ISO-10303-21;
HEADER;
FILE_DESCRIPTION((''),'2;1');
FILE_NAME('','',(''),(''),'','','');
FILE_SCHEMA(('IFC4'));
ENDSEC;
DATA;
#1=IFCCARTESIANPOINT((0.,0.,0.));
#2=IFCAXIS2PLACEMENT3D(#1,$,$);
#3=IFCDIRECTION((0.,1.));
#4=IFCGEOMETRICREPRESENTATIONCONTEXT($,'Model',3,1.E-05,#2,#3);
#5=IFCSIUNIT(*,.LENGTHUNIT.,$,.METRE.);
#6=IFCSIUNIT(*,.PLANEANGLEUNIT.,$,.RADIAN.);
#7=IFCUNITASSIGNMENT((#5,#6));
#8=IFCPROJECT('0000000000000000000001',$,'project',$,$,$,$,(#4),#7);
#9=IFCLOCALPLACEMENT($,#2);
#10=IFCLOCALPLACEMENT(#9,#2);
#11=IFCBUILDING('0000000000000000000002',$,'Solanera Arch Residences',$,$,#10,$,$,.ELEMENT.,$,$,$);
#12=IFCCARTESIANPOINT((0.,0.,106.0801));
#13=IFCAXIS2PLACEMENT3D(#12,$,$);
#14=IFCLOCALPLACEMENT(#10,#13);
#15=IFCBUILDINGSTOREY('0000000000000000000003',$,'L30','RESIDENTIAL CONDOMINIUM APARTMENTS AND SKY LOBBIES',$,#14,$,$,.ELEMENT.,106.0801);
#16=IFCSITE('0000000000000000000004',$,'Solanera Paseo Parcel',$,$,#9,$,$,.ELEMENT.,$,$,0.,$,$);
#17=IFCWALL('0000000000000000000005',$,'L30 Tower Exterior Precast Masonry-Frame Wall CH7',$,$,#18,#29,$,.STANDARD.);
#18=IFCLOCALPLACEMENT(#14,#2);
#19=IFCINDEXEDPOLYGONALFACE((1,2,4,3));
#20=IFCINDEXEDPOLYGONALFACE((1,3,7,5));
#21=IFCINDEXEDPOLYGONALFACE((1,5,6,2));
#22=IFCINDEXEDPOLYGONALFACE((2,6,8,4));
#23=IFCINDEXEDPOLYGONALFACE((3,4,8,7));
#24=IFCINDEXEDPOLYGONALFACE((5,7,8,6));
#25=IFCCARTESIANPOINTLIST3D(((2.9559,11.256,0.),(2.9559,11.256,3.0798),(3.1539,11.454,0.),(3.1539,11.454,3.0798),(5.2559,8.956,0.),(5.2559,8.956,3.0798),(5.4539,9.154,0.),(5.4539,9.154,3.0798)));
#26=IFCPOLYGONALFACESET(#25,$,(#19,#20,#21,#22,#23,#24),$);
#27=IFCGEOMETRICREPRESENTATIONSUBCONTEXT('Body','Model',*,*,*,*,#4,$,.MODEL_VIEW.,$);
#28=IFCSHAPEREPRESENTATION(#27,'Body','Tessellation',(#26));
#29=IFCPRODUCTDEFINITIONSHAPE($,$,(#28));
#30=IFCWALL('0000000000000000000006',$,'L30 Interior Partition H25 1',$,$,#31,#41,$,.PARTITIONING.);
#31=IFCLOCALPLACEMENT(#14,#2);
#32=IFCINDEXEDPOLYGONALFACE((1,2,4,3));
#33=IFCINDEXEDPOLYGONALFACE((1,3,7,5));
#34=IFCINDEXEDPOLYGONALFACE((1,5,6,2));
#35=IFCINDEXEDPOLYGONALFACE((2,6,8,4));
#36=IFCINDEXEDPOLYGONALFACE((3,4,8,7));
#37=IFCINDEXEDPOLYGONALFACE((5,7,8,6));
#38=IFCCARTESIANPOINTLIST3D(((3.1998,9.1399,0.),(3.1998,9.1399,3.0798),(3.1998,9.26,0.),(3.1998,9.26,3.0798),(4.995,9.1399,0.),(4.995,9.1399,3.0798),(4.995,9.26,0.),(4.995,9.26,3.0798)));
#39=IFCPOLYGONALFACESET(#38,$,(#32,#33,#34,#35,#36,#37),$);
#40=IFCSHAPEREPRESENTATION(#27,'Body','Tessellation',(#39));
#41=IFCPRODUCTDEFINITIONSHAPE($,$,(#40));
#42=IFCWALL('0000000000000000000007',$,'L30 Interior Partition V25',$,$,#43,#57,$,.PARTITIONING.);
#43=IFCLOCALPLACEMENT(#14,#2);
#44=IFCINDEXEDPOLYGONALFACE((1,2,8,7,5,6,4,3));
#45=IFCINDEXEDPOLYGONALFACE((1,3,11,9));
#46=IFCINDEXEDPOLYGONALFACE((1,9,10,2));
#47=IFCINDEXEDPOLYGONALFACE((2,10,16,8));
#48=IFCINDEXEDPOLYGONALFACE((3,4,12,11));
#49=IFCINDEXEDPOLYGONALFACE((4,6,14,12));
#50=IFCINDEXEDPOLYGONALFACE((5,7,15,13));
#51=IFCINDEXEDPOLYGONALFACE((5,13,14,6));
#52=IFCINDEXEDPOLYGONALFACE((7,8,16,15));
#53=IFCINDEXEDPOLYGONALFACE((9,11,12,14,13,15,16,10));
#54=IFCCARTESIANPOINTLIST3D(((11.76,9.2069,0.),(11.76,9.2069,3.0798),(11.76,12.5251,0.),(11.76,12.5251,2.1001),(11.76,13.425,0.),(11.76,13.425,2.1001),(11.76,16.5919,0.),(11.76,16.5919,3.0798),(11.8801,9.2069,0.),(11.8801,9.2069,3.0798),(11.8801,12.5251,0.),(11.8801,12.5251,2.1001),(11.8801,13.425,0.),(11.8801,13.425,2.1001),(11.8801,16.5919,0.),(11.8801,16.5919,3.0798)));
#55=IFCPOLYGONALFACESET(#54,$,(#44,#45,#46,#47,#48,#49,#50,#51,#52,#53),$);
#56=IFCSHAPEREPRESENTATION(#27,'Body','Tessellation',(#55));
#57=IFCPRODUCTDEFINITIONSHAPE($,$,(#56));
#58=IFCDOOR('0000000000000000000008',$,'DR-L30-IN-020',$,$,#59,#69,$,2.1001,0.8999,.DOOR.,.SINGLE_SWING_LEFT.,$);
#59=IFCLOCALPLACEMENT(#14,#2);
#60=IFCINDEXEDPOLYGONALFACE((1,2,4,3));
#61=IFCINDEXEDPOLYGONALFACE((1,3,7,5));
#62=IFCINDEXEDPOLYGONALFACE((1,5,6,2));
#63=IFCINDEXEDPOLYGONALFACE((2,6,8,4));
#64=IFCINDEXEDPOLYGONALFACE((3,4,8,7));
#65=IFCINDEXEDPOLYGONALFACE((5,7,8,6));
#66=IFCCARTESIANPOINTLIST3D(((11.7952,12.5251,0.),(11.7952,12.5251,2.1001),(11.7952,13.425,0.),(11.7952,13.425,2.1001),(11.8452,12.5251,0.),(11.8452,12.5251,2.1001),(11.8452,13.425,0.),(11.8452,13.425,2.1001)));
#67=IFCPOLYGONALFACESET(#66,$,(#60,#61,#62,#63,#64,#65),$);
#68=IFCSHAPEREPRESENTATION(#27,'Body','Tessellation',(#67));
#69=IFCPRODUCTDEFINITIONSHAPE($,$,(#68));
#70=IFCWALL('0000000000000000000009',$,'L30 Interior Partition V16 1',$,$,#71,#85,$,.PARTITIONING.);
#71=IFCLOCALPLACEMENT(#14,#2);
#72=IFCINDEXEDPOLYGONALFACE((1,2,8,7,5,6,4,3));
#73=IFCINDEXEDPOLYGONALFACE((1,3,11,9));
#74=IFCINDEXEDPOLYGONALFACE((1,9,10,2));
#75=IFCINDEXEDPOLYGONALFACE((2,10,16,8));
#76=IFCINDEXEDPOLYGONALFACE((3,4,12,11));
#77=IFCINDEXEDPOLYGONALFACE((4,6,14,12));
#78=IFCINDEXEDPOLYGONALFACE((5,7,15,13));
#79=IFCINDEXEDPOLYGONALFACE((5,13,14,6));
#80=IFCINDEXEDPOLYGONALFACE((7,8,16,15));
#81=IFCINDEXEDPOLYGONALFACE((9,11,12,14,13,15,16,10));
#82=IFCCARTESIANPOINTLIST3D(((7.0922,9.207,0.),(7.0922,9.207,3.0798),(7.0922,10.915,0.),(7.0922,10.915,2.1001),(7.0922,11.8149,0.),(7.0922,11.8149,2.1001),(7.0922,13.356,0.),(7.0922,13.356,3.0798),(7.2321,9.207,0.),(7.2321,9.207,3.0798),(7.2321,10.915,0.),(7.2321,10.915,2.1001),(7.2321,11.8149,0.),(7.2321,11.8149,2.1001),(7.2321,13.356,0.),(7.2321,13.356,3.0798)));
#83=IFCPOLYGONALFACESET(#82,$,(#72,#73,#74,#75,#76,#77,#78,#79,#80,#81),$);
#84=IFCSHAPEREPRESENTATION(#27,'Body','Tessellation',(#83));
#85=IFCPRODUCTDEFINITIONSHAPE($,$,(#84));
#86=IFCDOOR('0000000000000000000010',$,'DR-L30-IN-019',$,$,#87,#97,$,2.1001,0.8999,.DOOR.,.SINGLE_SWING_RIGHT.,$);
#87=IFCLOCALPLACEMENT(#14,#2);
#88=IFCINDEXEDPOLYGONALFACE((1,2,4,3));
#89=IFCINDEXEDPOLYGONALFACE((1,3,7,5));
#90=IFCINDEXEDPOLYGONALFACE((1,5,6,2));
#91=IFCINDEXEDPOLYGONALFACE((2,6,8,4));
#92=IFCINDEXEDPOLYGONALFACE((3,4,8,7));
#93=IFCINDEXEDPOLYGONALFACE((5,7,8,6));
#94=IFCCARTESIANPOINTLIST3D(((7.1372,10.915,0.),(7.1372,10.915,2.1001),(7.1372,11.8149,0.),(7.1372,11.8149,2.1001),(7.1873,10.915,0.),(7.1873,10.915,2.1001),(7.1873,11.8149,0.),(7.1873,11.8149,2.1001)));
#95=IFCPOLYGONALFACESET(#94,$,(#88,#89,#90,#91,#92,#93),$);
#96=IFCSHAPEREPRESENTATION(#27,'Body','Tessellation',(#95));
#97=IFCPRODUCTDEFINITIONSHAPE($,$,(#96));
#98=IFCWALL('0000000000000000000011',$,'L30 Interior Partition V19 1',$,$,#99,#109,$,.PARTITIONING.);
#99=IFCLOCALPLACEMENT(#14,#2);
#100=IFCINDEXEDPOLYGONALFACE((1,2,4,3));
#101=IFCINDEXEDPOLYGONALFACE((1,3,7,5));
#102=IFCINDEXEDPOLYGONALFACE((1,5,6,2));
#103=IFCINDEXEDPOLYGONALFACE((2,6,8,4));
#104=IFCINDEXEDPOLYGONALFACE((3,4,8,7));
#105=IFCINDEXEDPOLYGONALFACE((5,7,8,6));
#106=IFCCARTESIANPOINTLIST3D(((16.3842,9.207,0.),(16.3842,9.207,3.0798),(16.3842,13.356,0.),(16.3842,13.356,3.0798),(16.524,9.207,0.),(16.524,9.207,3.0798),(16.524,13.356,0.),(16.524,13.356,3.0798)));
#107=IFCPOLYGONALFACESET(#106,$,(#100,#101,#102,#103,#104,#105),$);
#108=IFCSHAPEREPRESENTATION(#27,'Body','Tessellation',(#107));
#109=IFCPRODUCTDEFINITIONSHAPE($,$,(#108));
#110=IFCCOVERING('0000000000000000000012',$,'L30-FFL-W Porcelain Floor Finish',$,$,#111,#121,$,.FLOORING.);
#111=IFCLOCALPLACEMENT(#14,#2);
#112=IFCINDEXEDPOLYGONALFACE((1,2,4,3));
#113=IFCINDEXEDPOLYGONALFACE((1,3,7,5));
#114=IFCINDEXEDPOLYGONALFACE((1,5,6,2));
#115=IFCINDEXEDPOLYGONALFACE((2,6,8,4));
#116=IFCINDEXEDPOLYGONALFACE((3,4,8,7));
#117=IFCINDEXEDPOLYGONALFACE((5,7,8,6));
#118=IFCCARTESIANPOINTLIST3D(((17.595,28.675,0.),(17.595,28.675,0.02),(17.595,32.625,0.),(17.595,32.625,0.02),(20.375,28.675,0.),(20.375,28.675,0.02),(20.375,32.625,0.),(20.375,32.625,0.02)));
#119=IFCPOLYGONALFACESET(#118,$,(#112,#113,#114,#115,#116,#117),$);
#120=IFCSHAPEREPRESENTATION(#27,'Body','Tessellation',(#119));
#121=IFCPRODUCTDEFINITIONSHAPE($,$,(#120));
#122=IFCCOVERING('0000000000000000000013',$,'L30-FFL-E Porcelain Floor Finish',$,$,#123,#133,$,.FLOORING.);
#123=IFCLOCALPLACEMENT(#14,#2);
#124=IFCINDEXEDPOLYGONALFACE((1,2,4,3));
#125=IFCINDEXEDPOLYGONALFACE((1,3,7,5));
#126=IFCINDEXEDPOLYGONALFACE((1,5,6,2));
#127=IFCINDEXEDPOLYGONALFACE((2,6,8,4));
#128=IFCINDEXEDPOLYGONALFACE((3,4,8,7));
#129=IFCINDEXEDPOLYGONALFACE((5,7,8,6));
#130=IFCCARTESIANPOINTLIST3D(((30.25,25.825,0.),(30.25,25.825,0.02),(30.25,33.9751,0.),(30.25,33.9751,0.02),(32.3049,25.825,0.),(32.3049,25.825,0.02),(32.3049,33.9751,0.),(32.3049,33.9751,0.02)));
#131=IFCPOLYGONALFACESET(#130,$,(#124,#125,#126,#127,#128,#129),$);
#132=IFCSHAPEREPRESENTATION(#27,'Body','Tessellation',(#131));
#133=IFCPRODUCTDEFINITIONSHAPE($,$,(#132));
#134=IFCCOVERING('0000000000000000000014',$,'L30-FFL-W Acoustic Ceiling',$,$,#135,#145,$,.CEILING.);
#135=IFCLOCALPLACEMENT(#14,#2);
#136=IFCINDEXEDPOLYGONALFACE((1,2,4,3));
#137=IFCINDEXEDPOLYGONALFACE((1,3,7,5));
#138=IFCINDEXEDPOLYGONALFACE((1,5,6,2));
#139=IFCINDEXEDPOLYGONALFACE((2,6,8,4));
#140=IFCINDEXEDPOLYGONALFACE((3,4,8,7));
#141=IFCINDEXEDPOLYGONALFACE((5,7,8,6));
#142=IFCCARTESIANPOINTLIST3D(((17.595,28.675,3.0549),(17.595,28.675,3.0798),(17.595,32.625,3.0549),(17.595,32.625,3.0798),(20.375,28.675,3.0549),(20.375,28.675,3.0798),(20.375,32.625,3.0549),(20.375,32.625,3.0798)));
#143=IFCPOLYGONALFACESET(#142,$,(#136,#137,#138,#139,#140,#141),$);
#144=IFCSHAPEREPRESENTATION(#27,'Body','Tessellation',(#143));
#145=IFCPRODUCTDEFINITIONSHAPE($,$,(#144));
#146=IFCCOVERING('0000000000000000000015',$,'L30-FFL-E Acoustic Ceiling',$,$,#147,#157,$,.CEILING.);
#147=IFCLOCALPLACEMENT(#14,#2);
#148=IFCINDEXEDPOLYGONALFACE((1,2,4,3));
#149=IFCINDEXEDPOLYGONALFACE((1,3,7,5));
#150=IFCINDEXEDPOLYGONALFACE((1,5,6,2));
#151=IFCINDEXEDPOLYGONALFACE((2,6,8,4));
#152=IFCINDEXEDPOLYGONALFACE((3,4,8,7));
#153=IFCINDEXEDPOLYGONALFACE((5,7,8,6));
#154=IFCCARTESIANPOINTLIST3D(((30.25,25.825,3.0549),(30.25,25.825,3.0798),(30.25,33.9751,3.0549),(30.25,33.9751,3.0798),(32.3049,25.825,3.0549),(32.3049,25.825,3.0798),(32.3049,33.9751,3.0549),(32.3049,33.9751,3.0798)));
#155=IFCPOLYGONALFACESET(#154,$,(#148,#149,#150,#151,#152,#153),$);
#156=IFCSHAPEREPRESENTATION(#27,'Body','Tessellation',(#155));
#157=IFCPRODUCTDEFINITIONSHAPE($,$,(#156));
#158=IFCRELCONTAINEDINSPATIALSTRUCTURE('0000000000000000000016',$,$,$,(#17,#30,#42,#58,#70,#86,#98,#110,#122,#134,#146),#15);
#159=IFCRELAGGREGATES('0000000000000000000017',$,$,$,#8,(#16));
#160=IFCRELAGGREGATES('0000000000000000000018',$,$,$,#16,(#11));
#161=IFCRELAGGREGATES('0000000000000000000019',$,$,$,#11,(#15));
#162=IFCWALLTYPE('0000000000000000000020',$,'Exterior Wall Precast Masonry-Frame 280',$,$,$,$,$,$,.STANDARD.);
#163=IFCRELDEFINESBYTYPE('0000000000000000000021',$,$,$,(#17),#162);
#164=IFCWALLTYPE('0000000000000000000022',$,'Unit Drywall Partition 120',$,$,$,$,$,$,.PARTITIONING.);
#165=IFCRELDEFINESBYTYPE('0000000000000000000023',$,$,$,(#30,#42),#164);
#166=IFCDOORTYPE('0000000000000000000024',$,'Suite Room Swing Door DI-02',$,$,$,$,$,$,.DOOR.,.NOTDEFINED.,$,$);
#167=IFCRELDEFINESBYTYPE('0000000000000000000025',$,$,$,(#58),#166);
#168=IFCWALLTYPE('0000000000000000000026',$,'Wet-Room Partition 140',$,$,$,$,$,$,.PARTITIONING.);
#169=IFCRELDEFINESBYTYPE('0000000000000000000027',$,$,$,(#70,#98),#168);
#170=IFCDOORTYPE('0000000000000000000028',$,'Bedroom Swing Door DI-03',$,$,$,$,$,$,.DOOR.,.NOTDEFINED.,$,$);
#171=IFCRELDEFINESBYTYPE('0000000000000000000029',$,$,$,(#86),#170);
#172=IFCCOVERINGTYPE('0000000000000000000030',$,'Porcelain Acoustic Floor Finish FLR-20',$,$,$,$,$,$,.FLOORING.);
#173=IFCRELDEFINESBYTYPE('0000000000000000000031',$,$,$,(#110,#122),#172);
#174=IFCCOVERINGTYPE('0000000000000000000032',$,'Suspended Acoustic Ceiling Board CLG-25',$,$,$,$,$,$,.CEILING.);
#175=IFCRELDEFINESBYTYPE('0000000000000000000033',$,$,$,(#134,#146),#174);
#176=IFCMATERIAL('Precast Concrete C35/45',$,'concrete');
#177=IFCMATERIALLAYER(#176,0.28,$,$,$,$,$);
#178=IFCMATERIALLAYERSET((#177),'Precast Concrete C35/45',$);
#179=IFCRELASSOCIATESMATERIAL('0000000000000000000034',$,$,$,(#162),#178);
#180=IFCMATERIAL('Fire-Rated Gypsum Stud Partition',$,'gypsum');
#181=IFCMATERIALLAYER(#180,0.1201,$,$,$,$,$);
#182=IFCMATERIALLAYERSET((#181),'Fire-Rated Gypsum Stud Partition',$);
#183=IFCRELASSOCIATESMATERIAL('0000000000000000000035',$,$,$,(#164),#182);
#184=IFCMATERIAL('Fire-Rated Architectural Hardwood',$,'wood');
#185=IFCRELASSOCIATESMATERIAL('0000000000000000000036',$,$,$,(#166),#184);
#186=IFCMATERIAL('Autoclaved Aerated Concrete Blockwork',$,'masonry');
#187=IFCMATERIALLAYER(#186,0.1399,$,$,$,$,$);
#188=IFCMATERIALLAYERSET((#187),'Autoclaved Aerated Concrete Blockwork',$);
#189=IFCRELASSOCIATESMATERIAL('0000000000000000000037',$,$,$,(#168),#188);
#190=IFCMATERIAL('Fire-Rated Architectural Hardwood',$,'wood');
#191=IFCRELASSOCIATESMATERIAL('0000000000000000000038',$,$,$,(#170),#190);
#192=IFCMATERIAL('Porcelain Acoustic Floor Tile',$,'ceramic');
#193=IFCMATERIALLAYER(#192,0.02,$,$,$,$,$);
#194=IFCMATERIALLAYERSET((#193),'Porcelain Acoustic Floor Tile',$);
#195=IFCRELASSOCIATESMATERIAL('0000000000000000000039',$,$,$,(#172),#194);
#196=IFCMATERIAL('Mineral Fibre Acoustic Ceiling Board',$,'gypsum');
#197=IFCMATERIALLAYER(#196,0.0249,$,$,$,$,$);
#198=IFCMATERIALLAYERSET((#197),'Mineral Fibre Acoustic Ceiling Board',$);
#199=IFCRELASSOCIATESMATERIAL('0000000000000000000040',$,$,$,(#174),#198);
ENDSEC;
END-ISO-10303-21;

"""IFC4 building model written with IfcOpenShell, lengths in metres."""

from ifc_helpers import new_model, si_unit, direction, frame, frame_2d, origin, place, context, subcontext, project, spatial, polyline, rectangle, outline, extrude, material, layer, layer_set, type_object, element, fill, save


model = new_model("IFC4")

# Units and contexts
model_context = context("Model", 3, precision=1e-05, world=origin(), true_north=direction((0.0, 1.0)))
body_context = subcontext(model_context, "Body", "Model", "MODEL_VIEW")
ifc_project = project(units=[si_unit("LENGTHUNIT", "METRE"), si_unit("PLANEANGLEUNIT", "RADIAN")], contexts=[model_context])

# Site, building, storey
site_placement = place(None, origin())
site = spatial("IfcSite", under=ifc_project, at=site_placement, Name="Solanera Paseo Parcel", CompositionType="ELEMENT", RefElevation=0.0)
building_placement = place(site_placement, origin())
building = spatial("IfcBuilding", under=site, at=building_placement, Name="Solanera Arch Residences", CompositionType="ELEMENT")
storey_placement = place(building_placement, frame((0.0, 0.0, 106.0801)))
storey = spatial("IfcBuildingStorey", under=building, at=storey_placement, Name="L30", Description="RESIDENTIAL CONDOMINIUM APARTMENTS AND SKY LOBBIES", CompositionType="ELEMENT", Elevation=106.0801)

# Walls
ifc_material_1 = material(Name="Precast Concrete C35/45", Category="concrete")
ifc_layer_1 = layer(ifc_material_1, 0.28)
ifc_layer_set_1 = layer_set([ifc_layer_1], Name="Precast Concrete C35/45")
wall_type_1 = type_object("IfcWallType", Name="Exterior Wall Precast Masonry-Frame 280", PredefinedType="STANDARD", material=ifc_layer_set_1)
wall_1_placement = place(storey_placement, frame((5.355, 9.0549, 0.0), z_axis=(0.0, 0.0, 1.0), x_axis=(-0.707107, 0.707107, 0.0)))
element("IfcWall", 1, at=wall_1_placement, inside=storey, type_object=wall_type_1, Name="L30 Tower Exterior Precast Masonry-Frame Wall CH7", PredefinedType="STANDARD", context=body_context, shape_type="SweptSolid", body=[
    extrude(rectangle(XDim=3.2527, YDim=0.28, at=frame_2d((1.6265, 0.0))), origin(), (0.0, 0.0, 1.0), 3.0798),
])
ifc_material_2 = material(Name="Fire-Rated Gypsum Stud Partition", Category="gypsum")
ifc_layer_2 = layer(ifc_material_2, 0.1201)
ifc_layer_set_2 = layer_set([ifc_layer_2], Name="Fire-Rated Gypsum Stud Partition")
wall_type_2 = type_object("IfcWallType", Name="Unit Drywall Partition 120", PredefinedType="PARTITIONING", material=ifc_layer_set_2)
wall_2_placement = place(storey_placement, frame((3.2, 9.2, 0.0), z_axis=(0.0, 0.0, 1.0), x_axis=(1.0, 0.0, 0.0)))
element("IfcWall", 2, at=wall_2_placement, inside=storey, type_object=wall_type_2, Name="L30 Interior Partition H25 1", PredefinedType="PARTITIONING", context=body_context, shape_type="SweptSolid", body=[
    extrude(rectangle(XDim=1.7952, YDim=0.1201, at=frame_2d((0.8975, 0.0))), origin(), (0.0, 0.0, 1.0), 3.0798),
])

# Walls, openings, doors
wall_3_placement = place(storey_placement, frame((11.8201, 9.207, 0.0), z_axis=(0.0, 0.0, 1.0), x_axis=(0.0, 1.0, 0.0)))
wall_3 = element("IfcWall", 3, at=wall_3_placement, inside=storey, type_object=wall_type_2, Name="L30 Interior Partition V25", PredefinedType="PARTITIONING", context=body_context, shape_type="SweptSolid", body=[
    extrude(rectangle(XDim=7.385, YDim=0.1201, at=frame_2d((3.6924, 0.0))), origin(), (0.0, 0.0, 1.0), 3.0798),
])
opening_1_placement = place(wall_3_placement, frame((3.3181, 0.0, 0.0)))
opening_1 = element("IfcOpeningElement", 4, at=opening_1_placement, cuts=wall_3, PredefinedType="OPENING", context=body_context, shape_type="SweptSolid", body=[
    extrude(rectangle(XDim=0.8999, YDim=2.1001, at=frame_2d((0.45, 1.05))), frame((0.0, 0.0701, 0.0), z_axis=(0.0, -1.0, 0.0), x_axis=(1.0, 0.0, 0.0)), (0.0, 0.0, 1.0), 0.1401),
])
ifc_material_3 = material(Name="Fire-Rated Architectural Hardwood", Category="wood")
door_type_1 = type_object("IfcDoorType", Name="Suite Room Swing Door DI-02", OperationType="NOTDEFINED", PredefinedType="DOOR", material=ifc_material_3)
door_1_placement = place(opening_1_placement, origin())
door_1 = element("IfcDoor", 5, at=door_1_placement, inside=storey, type_object=door_type_1, Name="DR-L30-IN-020", OperationType="SINGLE_SWING_LEFT", OverallHeight=2.1001, OverallWidth=0.8999, PredefinedType="DOOR", context=body_context, shape_type="SweptSolid", body=[
    extrude(rectangle(XDim=0.8999, YDim=2.1001, at=frame_2d((0.45, 1.05))), frame((0.0, 0.0249, 0.0), z_axis=(0.0, -1.0, 0.0), x_axis=(1.0, 0.0, 0.0)), (0.0, 0.0, 1.0), 0.05),
])
fill(opening_1, door_1)
ifc_material_4 = material(Name="Autoclaved Aerated Concrete Blockwork", Category="masonry")
ifc_layer_3 = layer(ifc_material_4, 0.1399)
ifc_layer_set_3 = layer_set([ifc_layer_3], Name="Autoclaved Aerated Concrete Blockwork")
wall_type_3 = type_object("IfcWallType", Name="Wet-Room Partition 140", PredefinedType="PARTITIONING", material=ifc_layer_set_3)
wall_4_placement = place(storey_placement, frame((7.1621, 9.207, 0.0), z_axis=(0.0, 0.0, 1.0), x_axis=(0.0, 1.0, 0.0)))
wall_4 = element("IfcWall", 6, at=wall_4_placement, inside=storey, type_object=wall_type_3, Name="L30 Interior Partition V16 1", PredefinedType="PARTITIONING", context=body_context, shape_type="SweptSolid", body=[
    extrude(rectangle(XDim=4.1489, YDim=0.1399, at=frame_2d((2.0745, 0.0))), origin(), (0.0, 0.0, 1.0), 3.0798),
])
opening_2_placement = place(wall_4_placement, frame((1.708, 0.0, 0.0)))
opening_2 = element("IfcOpeningElement", 7, at=opening_2_placement, cuts=wall_4, PredefinedType="OPENING", context=body_context, shape_type="SweptSolid", body=[
    extrude(rectangle(XDim=0.8999, YDim=2.1001, at=frame_2d((0.45, 1.05))), frame((0.0, 0.0798, 0.0), z_axis=(0.0, -1.0, 0.0), x_axis=(1.0, 0.0, 0.0)), (0.0, 0.0, 1.0), 0.1599),
])
ifc_material_5 = material(Name="Fire-Rated Architectural Hardwood", Category="wood")
door_type_2 = type_object("IfcDoorType", Name="Bedroom Swing Door DI-03", OperationType="NOTDEFINED", PredefinedType="DOOR", material=ifc_material_5)
door_2_placement = place(opening_2_placement, origin())
door_2 = element("IfcDoor", 8, at=door_2_placement, inside=storey, type_object=door_type_2, Name="DR-L30-IN-019", OperationType="SINGLE_SWING_RIGHT", OverallHeight=2.1001, OverallWidth=0.8999, PredefinedType="DOOR", context=body_context, shape_type="SweptSolid", body=[
    extrude(rectangle(XDim=0.8999, YDim=2.1001, at=frame_2d((0.45, 1.05))), frame((0.0, 0.0249, 0.0), z_axis=(0.0, -1.0, 0.0), x_axis=(1.0, 0.0, 0.0)), (0.0, 0.0, 1.0), 0.05),
])
fill(opening_2, door_2)

# Wall
wall_5_placement = place(storey_placement, frame((16.4541, 9.207, 0.0), z_axis=(0.0, 0.0, 1.0), x_axis=(0.0, 1.0, 0.0)))
element("IfcWall", 9, at=wall_5_placement, inside=storey, type_object=wall_type_3, Name="L30 Interior Partition V19 1", PredefinedType="PARTITIONING", context=body_context, shape_type="SweptSolid", body=[
    extrude(rectangle(XDim=4.1489, YDim=0.1399, at=frame_2d((2.0745, 0.0))), origin(), (0.0, 0.0, 1.0), 3.0798),
])

# Coverings
ifc_material_6 = material(Name="Porcelain Acoustic Floor Tile", Category="ceramic")
ifc_layer_4 = layer(ifc_material_6, 0.02)
ifc_layer_set_4 = layer_set([ifc_layer_4], Name="Porcelain Acoustic Floor Tile")
covering_type_1 = type_object("IfcCoveringType", Name="Porcelain Acoustic Floor Finish FLR-20", PredefinedType="FLOORING", material=ifc_layer_set_4)
covering_1_placement = place(storey_placement, origin())
element("IfcCovering", 10, at=covering_1_placement, inside=storey, type_object=covering_type_1, Name="L30-FFL-W Porcelain Floor Finish", PredefinedType="FLOORING", context=body_context, shape_type="SweptSolid", body=[
    extrude(outline(polyline([(20.375, 28.675), (17.595, 28.675), (17.595, 32.625), (20.375, 32.625), (20.375, 28.675)])), origin(), (0.0, 0.0, 1.0), 0.02),
])
covering_2_placement = place(storey_placement, origin())
element("IfcCovering", 11, at=covering_2_placement, inside=storey, type_object=covering_type_1, Name="L30-FFL-E Porcelain Floor Finish", PredefinedType="FLOORING", context=body_context, shape_type="SweptSolid", body=[
    extrude(outline(polyline([(32.3049, 25.825), (30.25, 25.825), (30.25, 33.9751), (32.3049, 33.9751), (32.3049, 25.825)])), origin(), (0.0, 0.0, 1.0), 0.02),
])
ifc_material_7 = material(Name="Mineral Fibre Acoustic Ceiling Board", Category="gypsum")
ifc_layer_5 = layer(ifc_material_7, 0.0249)
ifc_layer_set_5 = layer_set([ifc_layer_5], Name="Mineral Fibre Acoustic Ceiling Board")
covering_type_2 = type_object("IfcCoveringType", Name="Suspended Acoustic Ceiling Board CLG-25", PredefinedType="CEILING", material=ifc_layer_set_5)
covering_3_placement = place(storey_placement, frame((0.0, 0.0, 3.0549)))
element("IfcCovering", 12, at=covering_3_placement, inside=storey, type_object=covering_type_2, Name="L30-FFL-W Acoustic Ceiling", PredefinedType="CEILING", context=body_context, shape_type="SweptSolid", body=[
    extrude(outline(polyline([(20.375, 28.675), (17.595, 28.675), (17.595, 32.625), (20.375, 32.625), (20.375, 28.675)])), origin(), (0.0, 0.0, 1.0), 0.0249),
])
covering_4_placement = place(storey_placement, frame((0.0, 0.0, 3.0549)))
element("IfcCovering", 13, at=covering_4_placement, inside=storey, type_object=covering_type_2, Name="L30-FFL-E Acoustic Ceiling", PredefinedType="CEILING", context=body_context, shape_type="SweptSolid", body=[
    extrude(outline(polyline([(32.3049, 25.825), (30.25, 25.825), (30.25, 33.9751), (32.3049, 33.9751), (32.3049, 25.825)])), origin(), (0.0, 0.0, 1.0), 0.0249),
])

save(model, "model.ifc")
